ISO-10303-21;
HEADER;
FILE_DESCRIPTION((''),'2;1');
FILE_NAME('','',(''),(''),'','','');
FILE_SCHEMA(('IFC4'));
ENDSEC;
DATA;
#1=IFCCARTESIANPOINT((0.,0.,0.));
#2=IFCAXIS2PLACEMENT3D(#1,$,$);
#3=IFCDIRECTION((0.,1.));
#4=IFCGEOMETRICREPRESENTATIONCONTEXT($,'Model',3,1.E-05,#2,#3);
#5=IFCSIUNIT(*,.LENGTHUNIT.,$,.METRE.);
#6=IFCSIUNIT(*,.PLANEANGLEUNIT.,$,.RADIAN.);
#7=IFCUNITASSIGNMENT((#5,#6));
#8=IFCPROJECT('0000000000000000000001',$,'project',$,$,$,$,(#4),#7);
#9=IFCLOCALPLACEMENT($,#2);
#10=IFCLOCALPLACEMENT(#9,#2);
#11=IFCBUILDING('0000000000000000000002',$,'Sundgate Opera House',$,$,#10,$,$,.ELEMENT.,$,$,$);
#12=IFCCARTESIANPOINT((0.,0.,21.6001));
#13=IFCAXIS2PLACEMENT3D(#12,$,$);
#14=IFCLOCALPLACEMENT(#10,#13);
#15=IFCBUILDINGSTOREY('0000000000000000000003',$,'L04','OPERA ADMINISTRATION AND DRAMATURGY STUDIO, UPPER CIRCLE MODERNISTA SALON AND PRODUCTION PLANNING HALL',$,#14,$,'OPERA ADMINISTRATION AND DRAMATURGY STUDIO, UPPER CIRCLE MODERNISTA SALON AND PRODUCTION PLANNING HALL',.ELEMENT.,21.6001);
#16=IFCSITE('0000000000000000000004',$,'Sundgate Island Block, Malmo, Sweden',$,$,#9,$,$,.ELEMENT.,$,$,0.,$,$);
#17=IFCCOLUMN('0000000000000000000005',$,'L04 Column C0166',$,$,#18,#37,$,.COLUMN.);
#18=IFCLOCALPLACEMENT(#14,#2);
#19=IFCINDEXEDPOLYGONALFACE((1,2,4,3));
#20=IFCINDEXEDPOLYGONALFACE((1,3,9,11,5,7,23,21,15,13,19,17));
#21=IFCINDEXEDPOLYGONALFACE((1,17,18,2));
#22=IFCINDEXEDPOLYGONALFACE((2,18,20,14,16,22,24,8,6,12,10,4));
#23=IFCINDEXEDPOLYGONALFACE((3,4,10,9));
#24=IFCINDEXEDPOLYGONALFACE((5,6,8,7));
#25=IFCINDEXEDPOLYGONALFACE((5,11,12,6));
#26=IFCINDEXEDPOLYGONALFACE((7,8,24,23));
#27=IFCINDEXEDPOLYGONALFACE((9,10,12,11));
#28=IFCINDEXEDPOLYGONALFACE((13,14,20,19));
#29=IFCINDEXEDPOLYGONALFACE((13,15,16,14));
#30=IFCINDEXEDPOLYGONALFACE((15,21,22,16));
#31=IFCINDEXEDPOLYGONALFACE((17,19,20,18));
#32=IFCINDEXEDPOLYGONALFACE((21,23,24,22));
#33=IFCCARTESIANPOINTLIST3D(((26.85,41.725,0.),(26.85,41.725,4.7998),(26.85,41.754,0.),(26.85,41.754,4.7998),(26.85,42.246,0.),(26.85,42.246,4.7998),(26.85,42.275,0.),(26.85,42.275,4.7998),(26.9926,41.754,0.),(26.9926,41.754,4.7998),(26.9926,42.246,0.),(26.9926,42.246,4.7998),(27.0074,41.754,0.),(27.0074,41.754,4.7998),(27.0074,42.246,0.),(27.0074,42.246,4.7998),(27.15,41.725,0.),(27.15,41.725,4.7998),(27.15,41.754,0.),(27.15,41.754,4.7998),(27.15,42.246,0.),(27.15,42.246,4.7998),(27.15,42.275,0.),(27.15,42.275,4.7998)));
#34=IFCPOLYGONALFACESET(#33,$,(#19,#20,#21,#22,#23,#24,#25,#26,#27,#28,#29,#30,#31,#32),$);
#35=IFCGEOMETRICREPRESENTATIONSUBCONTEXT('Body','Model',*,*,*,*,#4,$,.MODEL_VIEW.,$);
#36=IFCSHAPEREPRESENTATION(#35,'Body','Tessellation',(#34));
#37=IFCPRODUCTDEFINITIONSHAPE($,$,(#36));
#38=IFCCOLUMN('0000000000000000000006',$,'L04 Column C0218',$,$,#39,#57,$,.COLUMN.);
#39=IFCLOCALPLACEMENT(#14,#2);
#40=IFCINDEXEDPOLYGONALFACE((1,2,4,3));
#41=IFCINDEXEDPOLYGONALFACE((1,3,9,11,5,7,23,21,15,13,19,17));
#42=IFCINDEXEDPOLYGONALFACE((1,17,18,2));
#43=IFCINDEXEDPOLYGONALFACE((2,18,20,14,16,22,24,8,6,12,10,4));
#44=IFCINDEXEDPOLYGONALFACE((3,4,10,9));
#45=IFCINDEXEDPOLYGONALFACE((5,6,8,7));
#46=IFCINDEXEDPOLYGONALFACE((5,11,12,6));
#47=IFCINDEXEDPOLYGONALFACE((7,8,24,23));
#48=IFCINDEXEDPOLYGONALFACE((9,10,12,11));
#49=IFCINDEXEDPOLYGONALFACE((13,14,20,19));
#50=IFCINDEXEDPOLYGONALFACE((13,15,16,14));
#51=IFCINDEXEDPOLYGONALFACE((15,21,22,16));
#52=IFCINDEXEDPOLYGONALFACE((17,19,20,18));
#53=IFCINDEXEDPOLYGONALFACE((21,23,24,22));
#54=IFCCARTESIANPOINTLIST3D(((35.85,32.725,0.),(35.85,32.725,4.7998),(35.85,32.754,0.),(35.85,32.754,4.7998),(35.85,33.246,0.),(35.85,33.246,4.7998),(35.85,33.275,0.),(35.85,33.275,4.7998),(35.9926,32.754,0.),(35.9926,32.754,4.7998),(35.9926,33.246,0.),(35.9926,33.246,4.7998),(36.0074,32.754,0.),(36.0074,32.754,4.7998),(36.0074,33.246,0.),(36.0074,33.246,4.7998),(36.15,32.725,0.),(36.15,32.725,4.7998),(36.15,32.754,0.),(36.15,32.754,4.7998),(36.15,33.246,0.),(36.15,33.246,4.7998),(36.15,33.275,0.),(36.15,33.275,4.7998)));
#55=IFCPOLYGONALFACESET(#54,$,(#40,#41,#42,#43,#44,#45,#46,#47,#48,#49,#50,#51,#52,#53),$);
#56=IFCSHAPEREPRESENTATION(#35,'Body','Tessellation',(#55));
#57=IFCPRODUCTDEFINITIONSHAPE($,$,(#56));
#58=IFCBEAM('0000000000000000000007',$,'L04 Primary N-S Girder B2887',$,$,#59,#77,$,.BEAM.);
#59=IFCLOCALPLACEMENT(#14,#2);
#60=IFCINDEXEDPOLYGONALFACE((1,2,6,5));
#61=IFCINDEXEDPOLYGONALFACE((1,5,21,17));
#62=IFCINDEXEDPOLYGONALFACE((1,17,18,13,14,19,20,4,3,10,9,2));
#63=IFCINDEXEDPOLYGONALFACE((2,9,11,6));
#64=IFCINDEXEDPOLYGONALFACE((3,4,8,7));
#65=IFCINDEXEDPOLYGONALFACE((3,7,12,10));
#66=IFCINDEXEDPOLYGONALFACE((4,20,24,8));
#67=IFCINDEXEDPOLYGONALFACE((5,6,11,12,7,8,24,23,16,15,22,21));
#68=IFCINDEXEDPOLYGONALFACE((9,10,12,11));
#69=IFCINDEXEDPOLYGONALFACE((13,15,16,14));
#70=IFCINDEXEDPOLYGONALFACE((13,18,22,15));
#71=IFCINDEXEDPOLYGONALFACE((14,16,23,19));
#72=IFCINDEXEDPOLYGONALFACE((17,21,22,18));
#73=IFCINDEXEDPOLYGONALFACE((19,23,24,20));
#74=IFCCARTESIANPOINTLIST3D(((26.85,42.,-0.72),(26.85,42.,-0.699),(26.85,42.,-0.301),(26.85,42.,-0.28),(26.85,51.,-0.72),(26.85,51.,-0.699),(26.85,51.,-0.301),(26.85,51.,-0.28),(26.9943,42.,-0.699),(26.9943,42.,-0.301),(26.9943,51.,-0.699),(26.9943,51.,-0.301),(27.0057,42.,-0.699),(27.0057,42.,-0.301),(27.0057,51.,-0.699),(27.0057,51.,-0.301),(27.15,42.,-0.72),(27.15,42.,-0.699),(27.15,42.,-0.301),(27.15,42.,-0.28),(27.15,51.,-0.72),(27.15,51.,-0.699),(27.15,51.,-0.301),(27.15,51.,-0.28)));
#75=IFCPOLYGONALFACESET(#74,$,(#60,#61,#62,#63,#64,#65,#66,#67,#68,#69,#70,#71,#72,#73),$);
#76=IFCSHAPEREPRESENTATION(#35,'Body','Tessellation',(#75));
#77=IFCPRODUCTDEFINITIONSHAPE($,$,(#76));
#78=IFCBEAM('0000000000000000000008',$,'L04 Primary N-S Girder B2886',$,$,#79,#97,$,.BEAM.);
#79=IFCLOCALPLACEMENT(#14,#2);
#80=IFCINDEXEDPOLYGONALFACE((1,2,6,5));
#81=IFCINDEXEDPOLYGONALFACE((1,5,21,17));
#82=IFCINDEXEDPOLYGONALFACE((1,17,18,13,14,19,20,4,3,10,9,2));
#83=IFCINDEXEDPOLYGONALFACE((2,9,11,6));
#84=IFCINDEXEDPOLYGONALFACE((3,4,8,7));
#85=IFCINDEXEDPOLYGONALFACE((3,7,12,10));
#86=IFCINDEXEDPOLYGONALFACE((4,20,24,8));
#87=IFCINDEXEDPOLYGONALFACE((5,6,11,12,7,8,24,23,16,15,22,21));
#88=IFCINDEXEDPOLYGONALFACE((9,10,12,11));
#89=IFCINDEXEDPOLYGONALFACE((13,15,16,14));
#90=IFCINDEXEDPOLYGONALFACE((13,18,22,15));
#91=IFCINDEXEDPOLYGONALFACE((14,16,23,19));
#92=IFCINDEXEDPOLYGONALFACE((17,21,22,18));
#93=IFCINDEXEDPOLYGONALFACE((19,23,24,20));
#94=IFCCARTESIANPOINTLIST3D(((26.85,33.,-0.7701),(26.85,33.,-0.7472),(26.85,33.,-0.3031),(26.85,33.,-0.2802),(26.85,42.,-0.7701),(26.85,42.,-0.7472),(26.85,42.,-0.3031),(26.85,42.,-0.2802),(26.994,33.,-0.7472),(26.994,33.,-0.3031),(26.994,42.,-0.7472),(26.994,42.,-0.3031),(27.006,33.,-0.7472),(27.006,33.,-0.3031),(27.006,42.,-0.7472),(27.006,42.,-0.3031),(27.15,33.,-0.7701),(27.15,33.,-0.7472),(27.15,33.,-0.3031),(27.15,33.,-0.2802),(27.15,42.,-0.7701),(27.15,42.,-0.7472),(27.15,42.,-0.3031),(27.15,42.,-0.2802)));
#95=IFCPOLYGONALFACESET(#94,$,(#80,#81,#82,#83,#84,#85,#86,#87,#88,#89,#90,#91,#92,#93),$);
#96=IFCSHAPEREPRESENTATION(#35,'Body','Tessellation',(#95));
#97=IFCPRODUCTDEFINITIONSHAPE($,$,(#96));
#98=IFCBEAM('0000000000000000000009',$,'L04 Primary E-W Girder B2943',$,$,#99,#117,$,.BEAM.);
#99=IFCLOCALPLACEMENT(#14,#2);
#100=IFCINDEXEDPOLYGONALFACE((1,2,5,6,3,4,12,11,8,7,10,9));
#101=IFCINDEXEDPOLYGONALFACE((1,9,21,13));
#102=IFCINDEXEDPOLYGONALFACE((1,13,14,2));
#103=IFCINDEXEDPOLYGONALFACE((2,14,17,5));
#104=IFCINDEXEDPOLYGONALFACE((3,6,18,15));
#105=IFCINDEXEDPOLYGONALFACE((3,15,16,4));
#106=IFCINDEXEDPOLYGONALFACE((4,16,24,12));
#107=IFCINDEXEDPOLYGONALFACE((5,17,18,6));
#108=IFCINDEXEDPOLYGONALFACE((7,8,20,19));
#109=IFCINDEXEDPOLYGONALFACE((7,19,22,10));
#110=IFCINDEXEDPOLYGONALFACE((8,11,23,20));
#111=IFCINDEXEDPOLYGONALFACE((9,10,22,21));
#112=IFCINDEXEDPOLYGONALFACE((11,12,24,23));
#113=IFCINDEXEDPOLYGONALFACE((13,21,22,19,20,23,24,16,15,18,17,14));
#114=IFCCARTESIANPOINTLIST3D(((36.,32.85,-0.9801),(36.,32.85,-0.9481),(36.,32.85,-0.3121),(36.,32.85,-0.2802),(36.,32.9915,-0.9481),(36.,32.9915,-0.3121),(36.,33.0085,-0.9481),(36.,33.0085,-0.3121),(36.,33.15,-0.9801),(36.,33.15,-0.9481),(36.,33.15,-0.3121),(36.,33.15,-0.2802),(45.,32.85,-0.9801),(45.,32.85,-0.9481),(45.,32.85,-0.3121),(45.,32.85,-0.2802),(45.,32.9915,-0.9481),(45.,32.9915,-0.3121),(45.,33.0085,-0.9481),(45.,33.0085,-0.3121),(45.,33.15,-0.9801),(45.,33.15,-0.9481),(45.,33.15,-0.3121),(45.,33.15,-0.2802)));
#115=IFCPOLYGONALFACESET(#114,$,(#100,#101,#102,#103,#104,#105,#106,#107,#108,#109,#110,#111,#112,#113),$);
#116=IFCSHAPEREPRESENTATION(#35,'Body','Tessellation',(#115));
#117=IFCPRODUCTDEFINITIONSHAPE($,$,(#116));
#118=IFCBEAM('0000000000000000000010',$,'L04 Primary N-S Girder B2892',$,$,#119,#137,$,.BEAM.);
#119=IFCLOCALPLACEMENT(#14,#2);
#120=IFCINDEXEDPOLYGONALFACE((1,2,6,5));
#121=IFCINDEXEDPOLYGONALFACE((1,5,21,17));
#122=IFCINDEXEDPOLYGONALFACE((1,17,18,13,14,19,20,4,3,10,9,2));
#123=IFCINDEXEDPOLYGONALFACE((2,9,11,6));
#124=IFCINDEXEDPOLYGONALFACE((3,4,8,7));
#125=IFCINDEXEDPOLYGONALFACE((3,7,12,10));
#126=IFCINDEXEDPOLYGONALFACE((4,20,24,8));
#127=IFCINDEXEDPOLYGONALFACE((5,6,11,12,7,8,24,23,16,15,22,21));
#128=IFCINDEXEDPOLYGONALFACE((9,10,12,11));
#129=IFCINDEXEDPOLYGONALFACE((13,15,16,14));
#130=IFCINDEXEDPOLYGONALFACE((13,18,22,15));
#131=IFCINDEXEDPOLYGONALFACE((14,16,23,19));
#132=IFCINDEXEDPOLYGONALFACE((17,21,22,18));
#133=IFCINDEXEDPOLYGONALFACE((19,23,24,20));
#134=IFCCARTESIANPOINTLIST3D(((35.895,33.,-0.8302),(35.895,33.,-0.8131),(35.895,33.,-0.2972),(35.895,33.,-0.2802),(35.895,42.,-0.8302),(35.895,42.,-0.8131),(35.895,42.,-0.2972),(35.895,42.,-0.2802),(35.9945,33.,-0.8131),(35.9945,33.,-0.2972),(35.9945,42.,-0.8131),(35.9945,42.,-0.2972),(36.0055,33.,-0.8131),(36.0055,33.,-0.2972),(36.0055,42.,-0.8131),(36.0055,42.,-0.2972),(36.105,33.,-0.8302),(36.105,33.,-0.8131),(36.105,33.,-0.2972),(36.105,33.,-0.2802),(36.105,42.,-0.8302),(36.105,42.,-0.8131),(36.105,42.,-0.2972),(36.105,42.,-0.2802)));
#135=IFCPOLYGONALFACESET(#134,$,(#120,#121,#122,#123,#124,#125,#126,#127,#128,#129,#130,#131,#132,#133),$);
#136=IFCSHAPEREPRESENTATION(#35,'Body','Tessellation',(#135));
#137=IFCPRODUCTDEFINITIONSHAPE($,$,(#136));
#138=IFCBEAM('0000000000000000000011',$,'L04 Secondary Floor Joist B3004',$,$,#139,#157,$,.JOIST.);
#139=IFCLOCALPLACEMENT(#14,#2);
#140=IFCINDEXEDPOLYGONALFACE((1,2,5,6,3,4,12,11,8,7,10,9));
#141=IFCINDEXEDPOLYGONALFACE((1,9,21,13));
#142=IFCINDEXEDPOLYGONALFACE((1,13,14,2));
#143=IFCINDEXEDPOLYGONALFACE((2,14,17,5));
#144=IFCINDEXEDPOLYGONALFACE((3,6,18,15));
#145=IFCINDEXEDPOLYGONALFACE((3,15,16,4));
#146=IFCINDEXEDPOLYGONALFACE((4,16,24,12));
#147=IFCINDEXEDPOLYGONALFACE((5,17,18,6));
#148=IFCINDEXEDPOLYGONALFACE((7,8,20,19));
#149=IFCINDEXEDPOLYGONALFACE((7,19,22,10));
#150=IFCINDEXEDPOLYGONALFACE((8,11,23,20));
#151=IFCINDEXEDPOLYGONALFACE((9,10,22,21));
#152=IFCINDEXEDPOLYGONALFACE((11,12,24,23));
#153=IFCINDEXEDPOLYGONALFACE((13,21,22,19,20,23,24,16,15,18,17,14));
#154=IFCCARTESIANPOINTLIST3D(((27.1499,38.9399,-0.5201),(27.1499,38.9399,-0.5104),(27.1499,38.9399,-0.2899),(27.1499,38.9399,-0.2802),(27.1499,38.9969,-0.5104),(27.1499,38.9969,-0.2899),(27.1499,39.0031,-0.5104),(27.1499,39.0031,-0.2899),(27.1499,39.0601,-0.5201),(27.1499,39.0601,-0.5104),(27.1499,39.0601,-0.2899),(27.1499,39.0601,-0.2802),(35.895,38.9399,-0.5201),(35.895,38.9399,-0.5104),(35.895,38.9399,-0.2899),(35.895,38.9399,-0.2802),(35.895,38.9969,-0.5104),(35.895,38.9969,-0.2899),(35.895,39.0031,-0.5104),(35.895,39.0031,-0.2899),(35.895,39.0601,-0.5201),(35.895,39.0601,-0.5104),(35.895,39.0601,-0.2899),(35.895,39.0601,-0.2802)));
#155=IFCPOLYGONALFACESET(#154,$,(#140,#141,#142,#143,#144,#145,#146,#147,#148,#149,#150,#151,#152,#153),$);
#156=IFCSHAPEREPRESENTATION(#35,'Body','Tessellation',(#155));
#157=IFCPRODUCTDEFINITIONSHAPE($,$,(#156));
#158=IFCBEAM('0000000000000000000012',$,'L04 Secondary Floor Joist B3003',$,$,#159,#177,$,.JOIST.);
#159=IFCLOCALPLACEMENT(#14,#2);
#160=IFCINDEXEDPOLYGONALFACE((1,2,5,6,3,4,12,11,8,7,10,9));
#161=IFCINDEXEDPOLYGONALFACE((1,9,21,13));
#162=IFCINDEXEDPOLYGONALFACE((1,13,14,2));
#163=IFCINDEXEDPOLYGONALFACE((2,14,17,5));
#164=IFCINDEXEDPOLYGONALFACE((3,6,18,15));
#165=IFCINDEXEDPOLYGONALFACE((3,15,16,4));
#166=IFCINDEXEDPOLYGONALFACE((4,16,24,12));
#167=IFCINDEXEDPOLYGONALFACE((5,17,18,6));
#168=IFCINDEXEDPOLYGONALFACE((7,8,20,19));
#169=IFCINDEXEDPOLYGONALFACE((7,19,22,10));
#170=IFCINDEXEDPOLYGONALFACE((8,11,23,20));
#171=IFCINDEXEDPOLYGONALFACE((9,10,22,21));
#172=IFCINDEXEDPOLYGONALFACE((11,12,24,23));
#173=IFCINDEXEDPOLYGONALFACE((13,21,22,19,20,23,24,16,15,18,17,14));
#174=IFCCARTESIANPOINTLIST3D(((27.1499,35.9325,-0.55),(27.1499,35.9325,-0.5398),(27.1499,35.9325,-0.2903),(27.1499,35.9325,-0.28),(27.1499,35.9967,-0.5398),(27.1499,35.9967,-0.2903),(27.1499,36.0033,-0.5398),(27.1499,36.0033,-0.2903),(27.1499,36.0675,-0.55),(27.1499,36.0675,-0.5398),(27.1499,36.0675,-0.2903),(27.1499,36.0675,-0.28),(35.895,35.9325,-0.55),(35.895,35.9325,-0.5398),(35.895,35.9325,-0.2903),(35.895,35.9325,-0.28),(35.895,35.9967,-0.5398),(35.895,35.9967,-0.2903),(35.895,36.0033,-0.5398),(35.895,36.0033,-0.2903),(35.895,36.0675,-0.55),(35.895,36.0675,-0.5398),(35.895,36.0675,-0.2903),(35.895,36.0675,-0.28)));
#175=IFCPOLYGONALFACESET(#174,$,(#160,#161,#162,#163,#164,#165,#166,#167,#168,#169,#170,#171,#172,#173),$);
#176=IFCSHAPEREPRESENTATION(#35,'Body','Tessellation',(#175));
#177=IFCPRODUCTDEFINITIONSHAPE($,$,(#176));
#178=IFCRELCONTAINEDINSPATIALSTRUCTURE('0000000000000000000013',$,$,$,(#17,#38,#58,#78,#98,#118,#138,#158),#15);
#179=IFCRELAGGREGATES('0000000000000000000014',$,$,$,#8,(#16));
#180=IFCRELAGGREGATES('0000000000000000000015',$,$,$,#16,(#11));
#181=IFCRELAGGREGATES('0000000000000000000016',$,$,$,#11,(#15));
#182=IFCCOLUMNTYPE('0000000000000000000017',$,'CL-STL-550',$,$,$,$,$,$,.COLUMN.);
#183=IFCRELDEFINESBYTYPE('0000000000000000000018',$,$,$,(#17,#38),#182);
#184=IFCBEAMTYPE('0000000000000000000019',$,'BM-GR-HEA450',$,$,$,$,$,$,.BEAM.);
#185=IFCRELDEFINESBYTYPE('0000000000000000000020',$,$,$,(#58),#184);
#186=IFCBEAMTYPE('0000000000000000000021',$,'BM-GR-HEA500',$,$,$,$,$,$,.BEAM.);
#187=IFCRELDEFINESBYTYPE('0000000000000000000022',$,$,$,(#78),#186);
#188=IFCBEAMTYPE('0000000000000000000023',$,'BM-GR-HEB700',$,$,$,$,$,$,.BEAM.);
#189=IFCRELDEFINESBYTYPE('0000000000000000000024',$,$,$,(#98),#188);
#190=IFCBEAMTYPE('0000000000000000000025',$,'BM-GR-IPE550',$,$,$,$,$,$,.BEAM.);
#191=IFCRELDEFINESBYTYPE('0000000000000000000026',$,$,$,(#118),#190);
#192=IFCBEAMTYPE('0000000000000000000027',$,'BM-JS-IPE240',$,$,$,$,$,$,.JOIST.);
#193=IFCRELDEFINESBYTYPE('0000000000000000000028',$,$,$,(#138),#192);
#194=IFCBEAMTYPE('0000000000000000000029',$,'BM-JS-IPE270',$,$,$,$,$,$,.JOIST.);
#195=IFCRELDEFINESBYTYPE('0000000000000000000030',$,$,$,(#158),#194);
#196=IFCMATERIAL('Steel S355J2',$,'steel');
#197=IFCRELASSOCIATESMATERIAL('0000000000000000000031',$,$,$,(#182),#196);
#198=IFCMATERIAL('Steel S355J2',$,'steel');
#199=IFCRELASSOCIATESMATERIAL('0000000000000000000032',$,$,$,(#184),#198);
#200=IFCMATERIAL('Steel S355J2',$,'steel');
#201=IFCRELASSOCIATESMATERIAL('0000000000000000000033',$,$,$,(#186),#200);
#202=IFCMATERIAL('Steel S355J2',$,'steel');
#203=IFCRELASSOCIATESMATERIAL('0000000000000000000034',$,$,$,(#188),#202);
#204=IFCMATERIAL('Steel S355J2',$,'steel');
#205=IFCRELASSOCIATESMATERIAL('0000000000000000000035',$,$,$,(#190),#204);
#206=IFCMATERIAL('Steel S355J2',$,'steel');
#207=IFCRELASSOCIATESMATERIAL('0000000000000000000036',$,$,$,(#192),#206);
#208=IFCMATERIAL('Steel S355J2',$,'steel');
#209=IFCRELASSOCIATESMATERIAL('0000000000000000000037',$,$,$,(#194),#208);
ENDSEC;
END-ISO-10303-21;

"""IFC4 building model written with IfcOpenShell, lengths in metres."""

from ifc_helpers import new_model, si_unit, direction, frame, origin, origin_2d, place, context, subcontext, project, spatial, i_section, extrude, material, material_profile, profile_set, type_object, element, save


model = new_model("IFC4")

# Units and contexts
model_context = context("Model", 3, precision=1e-05, world=origin(), true_north=direction((0.0, 1.0)))
body_context = subcontext(model_context, "Body", "Model", "MODEL_VIEW")
ifc_project = project(units=[si_unit("LENGTHUNIT", "METRE"), si_unit("PLANEANGLEUNIT", "RADIAN")], contexts=[model_context])

# Site, building, storey
site_placement = place(None, origin())
site = spatial("IfcSite", under=ifc_project, at=site_placement, Name="Sundgate Island Block, Malmo, Sweden", CompositionType="ELEMENT", RefElevation=0.0)
building_placement = place(site_placement, origin())
building = spatial("IfcBuilding", under=site, at=building_placement, Name="Sundgate Opera House", CompositionType="ELEMENT")
storey_placement = place(building_placement, frame((0.0, 0.0, 21.6001)))
storey = spatial("IfcBuildingStorey", under=building, at=storey_placement, Name="L04", Description="OPERA ADMINISTRATION AND DRAMATURGY STUDIO, UPPER CIRCLE MODERNISTA SALON AND PRODUCTION PLANNING HALL", LongName="OPERA ADMINISTRATION AND DRAMATURGY STUDIO, UPPER CIRCLE MODERNISTA SALON AND PRODUCTION PLANNING HALL", CompositionType="ELEMENT", Elevation=21.6001)

# Columns
ifc_material_1 = material(Name="Steel S355J2", Category="steel")
ifc_material_profile_1 = material_profile(ifc_material_1, i_section(OverallWidth=0.3, OverallDepth=0.55, WebThickness=0.0149, FlangeThickness=0.0291, at=origin_2d()), Name="HEB 550")
ifc_profile_set_1 = profile_set([ifc_material_profile_1], Name="Steel S355J2")
column_type = type_object("IfcColumnType", Name="CL-STL-550", PredefinedType="COLUMN", material=ifc_profile_set_1)
for number, where, z_axis, x_axis, name in (
    (1, (27.0, 42.0, 0.0), (0.0, 0.0, 1.0), (1.0, 0.0, 0.0), "L04 Column C0166"),
    (2, (36.0, 33.0, 0.0), (0.0, 0.0, 1.0), (1.0, 0.0, 0.0), "L04 Column C0218"),
):
    element("IfcColumn", number, at=place(storey_placement, frame(where, z_axis=z_axis, x_axis=x_axis)), inside=storey, type_object=column_type, Name=name, PredefinedType="COLUMN", context=body_context, shape_type="SweptSolid", body=[
        extrude(i_section(OverallWidth=0.3, OverallDepth=0.55, WebThickness=0.0149, FlangeThickness=0.0291, at=origin_2d()), origin(), (0.0, 0.0, 1.0), 4.7998),
    ])

# Beams
ifc_material_2 = material(Name="Steel S355J2", Category="steel")
ifc_material_profile_2 = material_profile(ifc_material_2, i_section(OverallWidth=0.3, OverallDepth=0.4399, WebThickness=0.0115, FlangeThickness=0.021, at=origin_2d()), Name="HEA 450")
ifc_profile_set_2 = profile_set([ifc_material_profile_2], Name="Steel S355J2")
beam_type_1 = type_object("IfcBeamType", Name="BM-GR-HEA450", PredefinedType="BEAM", material=ifc_profile_set_2)
beam_1_placement = place(storey_placement, frame((27.0, 42.0, -0.5), z_axis=(0.0, 1.0, 0.0), x_axis=(-1.0, 0.0, 0.0)))
element("IfcBeam", 3, at=beam_1_placement, inside=storey, type_object=beam_type_1, Name="L04 Primary N-S Girder B2887", PredefinedType="BEAM", context=body_context, shape_type="SweptSolid", body=[
    extrude(i_section(OverallWidth=0.3, OverallDepth=0.4399, WebThickness=0.0115, FlangeThickness=0.021, at=origin_2d()), origin(), (0.0, 0.0, 1.0), 9.0),
])
ifc_material_3 = material(Name="Steel S355J2", Category="steel")
ifc_material_profile_3 = material_profile(ifc_material_3, i_section(OverallWidth=0.3, OverallDepth=0.49, WebThickness=0.012, FlangeThickness=0.0229, at=origin_2d()), Name="HEA 500")
ifc_profile_set_3 = profile_set([ifc_material_profile_3], Name="Steel S355J2")
beam_type_2 = type_object("IfcBeamType", Name="BM-GR-HEA500", PredefinedType="BEAM", material=ifc_profile_set_3)
beam_2_placement = place(storey_placement, frame((27.0, 33.0, -0.5251), z_axis=(0.0, 1.0, 0.0), x_axis=(-1.0, 0.0, 0.0)))
element("IfcBeam", 4, at=beam_2_placement, inside=storey, type_object=beam_type_2, Name="L04 Primary N-S Girder B2886", PredefinedType="BEAM", context=body_context, shape_type="SweptSolid", body=[
    extrude(i_section(OverallWidth=0.3, OverallDepth=0.49, WebThickness=0.012, FlangeThickness=0.0229, at=origin_2d()), origin(), (0.0, 0.0, 1.0), 9.0),
])
ifc_material_4 = material(Name="Steel S355J2", Category="steel")
ifc_material_profile_4 = material_profile(ifc_material_4, i_section(OverallWidth=0.3, OverallDepth=0.7, WebThickness=0.0171, FlangeThickness=0.032, at=origin_2d()), Name="HEB 700")
ifc_profile_set_4 = profile_set([ifc_material_profile_4], Name="Steel S355J2")
beam_type_3 = type_object("IfcBeamType", Name="BM-GR-HEB700", PredefinedType="BEAM", material=ifc_profile_set_4)
beam_3_placement = place(storey_placement, frame((36.0, 33.0, -0.6301), z_axis=(1.0, 0.0, 0.0), x_axis=(0.0, 1.0, 0.0)))
element("IfcBeam", 5, at=beam_3_placement, inside=storey, type_object=beam_type_3, Name="L04 Primary E-W Girder B2943", PredefinedType="BEAM", context=body_context, shape_type="SweptSolid", body=[
    extrude(i_section(OverallWidth=0.3, OverallDepth=0.7, WebThickness=0.0171, FlangeThickness=0.032, at=origin_2d()), origin(), (0.0, 0.0, 1.0), 9.0),
])
ifc_material_5 = material(Name="Steel S355J2", Category="steel")
ifc_material_profile_5 = material_profile(ifc_material_5, i_section(OverallWidth=0.21, OverallDepth=0.55, WebThickness=0.011, FlangeThickness=0.0171, at=origin_2d()), Name="IPE 550")
ifc_profile_set_5 = profile_set([ifc_material_profile_5], Name="Steel S355J2")
beam_type_4 = type_object("IfcBeamType", Name="BM-GR-IPE550", PredefinedType="BEAM", material=ifc_profile_set_5)
beam_4_placement = place(storey_placement, frame((36.0, 33.0, -0.5552), z_axis=(0.0, 1.0, 0.0), x_axis=(-1.0, 0.0, 0.0)))
element("IfcBeam", 6, at=beam_4_placement, inside=storey, type_object=beam_type_4, Name="L04 Primary N-S Girder B2892", PredefinedType="BEAM", context=body_context, shape_type="SweptSolid", body=[
    extrude(i_section(OverallWidth=0.21, OverallDepth=0.55, WebThickness=0.011, FlangeThickness=0.0171, at=origin_2d()), origin(), (0.0, 0.0, 1.0), 9.0),
])
ifc_material_6 = material(Name="Steel S355J2", Category="steel")
ifc_material_profile_6 = material_profile(ifc_material_6, i_section(OverallWidth=0.1201, OverallDepth=0.24, WebThickness=0.0061, FlangeThickness=0.0098, at=origin_2d()), Name="IPE 240")
ifc_profile_set_6 = profile_set([ifc_material_profile_6], Name="Steel S355J2")
beam_type_5 = type_object("IfcBeamType", Name="BM-JS-IPE240", PredefinedType="JOIST", material=ifc_profile_set_6)
beam_5_placement = place(storey_placement, frame((27.1499, 39.0, -0.4001), z_axis=(1.0, 0.0, 0.0), x_axis=(0.0, 1.0, 0.0)))
element("IfcBeam", 7, at=beam_5_placement, inside=storey, type_object=beam_type_5, Name="L04 Secondary Floor Joist B3004", PredefinedType="JOIST", context=body_context, shape_type="SweptSolid", body=[
    extrude(i_section(OverallWidth=0.1201, OverallDepth=0.24, WebThickness=0.0061, FlangeThickness=0.0098, at=origin_2d()), origin(), (0.0, 0.0, 1.0), 8.7451),
])
ifc_material_7 = material(Name="Steel S355J2", Category="steel")
ifc_material_profile_7 = material_profile(ifc_material_7, i_section(OverallWidth=0.135, OverallDepth=0.27, WebThickness=0.0066, FlangeThickness=0.0103, at=origin_2d()), Name="IPE 270")
ifc_profile_set_7 = profile_set([ifc_material_profile_7], Name="Steel S355J2")
beam_type_6 = type_object("IfcBeamType", Name="BM-JS-IPE270", PredefinedType="JOIST", material=ifc_profile_set_7)
beam_6_placement = place(storey_placement, frame((27.1499, 36.0, -0.415), z_axis=(1.0, 0.0, 0.0), x_axis=(0.0, 1.0, 0.0)))
element("IfcBeam", 8, at=beam_6_placement, inside=storey, type_object=beam_type_6, Name="L04 Secondary Floor Joist B3003", PredefinedType="JOIST", context=body_context, shape_type="SweptSolid", body=[
    extrude(i_section(OverallWidth=0.135, OverallDepth=0.27, WebThickness=0.0066, FlangeThickness=0.0103, at=origin_2d()), origin(), (0.0, 0.0, 1.0), 8.7451),
])

save(model, "model.ifc")
